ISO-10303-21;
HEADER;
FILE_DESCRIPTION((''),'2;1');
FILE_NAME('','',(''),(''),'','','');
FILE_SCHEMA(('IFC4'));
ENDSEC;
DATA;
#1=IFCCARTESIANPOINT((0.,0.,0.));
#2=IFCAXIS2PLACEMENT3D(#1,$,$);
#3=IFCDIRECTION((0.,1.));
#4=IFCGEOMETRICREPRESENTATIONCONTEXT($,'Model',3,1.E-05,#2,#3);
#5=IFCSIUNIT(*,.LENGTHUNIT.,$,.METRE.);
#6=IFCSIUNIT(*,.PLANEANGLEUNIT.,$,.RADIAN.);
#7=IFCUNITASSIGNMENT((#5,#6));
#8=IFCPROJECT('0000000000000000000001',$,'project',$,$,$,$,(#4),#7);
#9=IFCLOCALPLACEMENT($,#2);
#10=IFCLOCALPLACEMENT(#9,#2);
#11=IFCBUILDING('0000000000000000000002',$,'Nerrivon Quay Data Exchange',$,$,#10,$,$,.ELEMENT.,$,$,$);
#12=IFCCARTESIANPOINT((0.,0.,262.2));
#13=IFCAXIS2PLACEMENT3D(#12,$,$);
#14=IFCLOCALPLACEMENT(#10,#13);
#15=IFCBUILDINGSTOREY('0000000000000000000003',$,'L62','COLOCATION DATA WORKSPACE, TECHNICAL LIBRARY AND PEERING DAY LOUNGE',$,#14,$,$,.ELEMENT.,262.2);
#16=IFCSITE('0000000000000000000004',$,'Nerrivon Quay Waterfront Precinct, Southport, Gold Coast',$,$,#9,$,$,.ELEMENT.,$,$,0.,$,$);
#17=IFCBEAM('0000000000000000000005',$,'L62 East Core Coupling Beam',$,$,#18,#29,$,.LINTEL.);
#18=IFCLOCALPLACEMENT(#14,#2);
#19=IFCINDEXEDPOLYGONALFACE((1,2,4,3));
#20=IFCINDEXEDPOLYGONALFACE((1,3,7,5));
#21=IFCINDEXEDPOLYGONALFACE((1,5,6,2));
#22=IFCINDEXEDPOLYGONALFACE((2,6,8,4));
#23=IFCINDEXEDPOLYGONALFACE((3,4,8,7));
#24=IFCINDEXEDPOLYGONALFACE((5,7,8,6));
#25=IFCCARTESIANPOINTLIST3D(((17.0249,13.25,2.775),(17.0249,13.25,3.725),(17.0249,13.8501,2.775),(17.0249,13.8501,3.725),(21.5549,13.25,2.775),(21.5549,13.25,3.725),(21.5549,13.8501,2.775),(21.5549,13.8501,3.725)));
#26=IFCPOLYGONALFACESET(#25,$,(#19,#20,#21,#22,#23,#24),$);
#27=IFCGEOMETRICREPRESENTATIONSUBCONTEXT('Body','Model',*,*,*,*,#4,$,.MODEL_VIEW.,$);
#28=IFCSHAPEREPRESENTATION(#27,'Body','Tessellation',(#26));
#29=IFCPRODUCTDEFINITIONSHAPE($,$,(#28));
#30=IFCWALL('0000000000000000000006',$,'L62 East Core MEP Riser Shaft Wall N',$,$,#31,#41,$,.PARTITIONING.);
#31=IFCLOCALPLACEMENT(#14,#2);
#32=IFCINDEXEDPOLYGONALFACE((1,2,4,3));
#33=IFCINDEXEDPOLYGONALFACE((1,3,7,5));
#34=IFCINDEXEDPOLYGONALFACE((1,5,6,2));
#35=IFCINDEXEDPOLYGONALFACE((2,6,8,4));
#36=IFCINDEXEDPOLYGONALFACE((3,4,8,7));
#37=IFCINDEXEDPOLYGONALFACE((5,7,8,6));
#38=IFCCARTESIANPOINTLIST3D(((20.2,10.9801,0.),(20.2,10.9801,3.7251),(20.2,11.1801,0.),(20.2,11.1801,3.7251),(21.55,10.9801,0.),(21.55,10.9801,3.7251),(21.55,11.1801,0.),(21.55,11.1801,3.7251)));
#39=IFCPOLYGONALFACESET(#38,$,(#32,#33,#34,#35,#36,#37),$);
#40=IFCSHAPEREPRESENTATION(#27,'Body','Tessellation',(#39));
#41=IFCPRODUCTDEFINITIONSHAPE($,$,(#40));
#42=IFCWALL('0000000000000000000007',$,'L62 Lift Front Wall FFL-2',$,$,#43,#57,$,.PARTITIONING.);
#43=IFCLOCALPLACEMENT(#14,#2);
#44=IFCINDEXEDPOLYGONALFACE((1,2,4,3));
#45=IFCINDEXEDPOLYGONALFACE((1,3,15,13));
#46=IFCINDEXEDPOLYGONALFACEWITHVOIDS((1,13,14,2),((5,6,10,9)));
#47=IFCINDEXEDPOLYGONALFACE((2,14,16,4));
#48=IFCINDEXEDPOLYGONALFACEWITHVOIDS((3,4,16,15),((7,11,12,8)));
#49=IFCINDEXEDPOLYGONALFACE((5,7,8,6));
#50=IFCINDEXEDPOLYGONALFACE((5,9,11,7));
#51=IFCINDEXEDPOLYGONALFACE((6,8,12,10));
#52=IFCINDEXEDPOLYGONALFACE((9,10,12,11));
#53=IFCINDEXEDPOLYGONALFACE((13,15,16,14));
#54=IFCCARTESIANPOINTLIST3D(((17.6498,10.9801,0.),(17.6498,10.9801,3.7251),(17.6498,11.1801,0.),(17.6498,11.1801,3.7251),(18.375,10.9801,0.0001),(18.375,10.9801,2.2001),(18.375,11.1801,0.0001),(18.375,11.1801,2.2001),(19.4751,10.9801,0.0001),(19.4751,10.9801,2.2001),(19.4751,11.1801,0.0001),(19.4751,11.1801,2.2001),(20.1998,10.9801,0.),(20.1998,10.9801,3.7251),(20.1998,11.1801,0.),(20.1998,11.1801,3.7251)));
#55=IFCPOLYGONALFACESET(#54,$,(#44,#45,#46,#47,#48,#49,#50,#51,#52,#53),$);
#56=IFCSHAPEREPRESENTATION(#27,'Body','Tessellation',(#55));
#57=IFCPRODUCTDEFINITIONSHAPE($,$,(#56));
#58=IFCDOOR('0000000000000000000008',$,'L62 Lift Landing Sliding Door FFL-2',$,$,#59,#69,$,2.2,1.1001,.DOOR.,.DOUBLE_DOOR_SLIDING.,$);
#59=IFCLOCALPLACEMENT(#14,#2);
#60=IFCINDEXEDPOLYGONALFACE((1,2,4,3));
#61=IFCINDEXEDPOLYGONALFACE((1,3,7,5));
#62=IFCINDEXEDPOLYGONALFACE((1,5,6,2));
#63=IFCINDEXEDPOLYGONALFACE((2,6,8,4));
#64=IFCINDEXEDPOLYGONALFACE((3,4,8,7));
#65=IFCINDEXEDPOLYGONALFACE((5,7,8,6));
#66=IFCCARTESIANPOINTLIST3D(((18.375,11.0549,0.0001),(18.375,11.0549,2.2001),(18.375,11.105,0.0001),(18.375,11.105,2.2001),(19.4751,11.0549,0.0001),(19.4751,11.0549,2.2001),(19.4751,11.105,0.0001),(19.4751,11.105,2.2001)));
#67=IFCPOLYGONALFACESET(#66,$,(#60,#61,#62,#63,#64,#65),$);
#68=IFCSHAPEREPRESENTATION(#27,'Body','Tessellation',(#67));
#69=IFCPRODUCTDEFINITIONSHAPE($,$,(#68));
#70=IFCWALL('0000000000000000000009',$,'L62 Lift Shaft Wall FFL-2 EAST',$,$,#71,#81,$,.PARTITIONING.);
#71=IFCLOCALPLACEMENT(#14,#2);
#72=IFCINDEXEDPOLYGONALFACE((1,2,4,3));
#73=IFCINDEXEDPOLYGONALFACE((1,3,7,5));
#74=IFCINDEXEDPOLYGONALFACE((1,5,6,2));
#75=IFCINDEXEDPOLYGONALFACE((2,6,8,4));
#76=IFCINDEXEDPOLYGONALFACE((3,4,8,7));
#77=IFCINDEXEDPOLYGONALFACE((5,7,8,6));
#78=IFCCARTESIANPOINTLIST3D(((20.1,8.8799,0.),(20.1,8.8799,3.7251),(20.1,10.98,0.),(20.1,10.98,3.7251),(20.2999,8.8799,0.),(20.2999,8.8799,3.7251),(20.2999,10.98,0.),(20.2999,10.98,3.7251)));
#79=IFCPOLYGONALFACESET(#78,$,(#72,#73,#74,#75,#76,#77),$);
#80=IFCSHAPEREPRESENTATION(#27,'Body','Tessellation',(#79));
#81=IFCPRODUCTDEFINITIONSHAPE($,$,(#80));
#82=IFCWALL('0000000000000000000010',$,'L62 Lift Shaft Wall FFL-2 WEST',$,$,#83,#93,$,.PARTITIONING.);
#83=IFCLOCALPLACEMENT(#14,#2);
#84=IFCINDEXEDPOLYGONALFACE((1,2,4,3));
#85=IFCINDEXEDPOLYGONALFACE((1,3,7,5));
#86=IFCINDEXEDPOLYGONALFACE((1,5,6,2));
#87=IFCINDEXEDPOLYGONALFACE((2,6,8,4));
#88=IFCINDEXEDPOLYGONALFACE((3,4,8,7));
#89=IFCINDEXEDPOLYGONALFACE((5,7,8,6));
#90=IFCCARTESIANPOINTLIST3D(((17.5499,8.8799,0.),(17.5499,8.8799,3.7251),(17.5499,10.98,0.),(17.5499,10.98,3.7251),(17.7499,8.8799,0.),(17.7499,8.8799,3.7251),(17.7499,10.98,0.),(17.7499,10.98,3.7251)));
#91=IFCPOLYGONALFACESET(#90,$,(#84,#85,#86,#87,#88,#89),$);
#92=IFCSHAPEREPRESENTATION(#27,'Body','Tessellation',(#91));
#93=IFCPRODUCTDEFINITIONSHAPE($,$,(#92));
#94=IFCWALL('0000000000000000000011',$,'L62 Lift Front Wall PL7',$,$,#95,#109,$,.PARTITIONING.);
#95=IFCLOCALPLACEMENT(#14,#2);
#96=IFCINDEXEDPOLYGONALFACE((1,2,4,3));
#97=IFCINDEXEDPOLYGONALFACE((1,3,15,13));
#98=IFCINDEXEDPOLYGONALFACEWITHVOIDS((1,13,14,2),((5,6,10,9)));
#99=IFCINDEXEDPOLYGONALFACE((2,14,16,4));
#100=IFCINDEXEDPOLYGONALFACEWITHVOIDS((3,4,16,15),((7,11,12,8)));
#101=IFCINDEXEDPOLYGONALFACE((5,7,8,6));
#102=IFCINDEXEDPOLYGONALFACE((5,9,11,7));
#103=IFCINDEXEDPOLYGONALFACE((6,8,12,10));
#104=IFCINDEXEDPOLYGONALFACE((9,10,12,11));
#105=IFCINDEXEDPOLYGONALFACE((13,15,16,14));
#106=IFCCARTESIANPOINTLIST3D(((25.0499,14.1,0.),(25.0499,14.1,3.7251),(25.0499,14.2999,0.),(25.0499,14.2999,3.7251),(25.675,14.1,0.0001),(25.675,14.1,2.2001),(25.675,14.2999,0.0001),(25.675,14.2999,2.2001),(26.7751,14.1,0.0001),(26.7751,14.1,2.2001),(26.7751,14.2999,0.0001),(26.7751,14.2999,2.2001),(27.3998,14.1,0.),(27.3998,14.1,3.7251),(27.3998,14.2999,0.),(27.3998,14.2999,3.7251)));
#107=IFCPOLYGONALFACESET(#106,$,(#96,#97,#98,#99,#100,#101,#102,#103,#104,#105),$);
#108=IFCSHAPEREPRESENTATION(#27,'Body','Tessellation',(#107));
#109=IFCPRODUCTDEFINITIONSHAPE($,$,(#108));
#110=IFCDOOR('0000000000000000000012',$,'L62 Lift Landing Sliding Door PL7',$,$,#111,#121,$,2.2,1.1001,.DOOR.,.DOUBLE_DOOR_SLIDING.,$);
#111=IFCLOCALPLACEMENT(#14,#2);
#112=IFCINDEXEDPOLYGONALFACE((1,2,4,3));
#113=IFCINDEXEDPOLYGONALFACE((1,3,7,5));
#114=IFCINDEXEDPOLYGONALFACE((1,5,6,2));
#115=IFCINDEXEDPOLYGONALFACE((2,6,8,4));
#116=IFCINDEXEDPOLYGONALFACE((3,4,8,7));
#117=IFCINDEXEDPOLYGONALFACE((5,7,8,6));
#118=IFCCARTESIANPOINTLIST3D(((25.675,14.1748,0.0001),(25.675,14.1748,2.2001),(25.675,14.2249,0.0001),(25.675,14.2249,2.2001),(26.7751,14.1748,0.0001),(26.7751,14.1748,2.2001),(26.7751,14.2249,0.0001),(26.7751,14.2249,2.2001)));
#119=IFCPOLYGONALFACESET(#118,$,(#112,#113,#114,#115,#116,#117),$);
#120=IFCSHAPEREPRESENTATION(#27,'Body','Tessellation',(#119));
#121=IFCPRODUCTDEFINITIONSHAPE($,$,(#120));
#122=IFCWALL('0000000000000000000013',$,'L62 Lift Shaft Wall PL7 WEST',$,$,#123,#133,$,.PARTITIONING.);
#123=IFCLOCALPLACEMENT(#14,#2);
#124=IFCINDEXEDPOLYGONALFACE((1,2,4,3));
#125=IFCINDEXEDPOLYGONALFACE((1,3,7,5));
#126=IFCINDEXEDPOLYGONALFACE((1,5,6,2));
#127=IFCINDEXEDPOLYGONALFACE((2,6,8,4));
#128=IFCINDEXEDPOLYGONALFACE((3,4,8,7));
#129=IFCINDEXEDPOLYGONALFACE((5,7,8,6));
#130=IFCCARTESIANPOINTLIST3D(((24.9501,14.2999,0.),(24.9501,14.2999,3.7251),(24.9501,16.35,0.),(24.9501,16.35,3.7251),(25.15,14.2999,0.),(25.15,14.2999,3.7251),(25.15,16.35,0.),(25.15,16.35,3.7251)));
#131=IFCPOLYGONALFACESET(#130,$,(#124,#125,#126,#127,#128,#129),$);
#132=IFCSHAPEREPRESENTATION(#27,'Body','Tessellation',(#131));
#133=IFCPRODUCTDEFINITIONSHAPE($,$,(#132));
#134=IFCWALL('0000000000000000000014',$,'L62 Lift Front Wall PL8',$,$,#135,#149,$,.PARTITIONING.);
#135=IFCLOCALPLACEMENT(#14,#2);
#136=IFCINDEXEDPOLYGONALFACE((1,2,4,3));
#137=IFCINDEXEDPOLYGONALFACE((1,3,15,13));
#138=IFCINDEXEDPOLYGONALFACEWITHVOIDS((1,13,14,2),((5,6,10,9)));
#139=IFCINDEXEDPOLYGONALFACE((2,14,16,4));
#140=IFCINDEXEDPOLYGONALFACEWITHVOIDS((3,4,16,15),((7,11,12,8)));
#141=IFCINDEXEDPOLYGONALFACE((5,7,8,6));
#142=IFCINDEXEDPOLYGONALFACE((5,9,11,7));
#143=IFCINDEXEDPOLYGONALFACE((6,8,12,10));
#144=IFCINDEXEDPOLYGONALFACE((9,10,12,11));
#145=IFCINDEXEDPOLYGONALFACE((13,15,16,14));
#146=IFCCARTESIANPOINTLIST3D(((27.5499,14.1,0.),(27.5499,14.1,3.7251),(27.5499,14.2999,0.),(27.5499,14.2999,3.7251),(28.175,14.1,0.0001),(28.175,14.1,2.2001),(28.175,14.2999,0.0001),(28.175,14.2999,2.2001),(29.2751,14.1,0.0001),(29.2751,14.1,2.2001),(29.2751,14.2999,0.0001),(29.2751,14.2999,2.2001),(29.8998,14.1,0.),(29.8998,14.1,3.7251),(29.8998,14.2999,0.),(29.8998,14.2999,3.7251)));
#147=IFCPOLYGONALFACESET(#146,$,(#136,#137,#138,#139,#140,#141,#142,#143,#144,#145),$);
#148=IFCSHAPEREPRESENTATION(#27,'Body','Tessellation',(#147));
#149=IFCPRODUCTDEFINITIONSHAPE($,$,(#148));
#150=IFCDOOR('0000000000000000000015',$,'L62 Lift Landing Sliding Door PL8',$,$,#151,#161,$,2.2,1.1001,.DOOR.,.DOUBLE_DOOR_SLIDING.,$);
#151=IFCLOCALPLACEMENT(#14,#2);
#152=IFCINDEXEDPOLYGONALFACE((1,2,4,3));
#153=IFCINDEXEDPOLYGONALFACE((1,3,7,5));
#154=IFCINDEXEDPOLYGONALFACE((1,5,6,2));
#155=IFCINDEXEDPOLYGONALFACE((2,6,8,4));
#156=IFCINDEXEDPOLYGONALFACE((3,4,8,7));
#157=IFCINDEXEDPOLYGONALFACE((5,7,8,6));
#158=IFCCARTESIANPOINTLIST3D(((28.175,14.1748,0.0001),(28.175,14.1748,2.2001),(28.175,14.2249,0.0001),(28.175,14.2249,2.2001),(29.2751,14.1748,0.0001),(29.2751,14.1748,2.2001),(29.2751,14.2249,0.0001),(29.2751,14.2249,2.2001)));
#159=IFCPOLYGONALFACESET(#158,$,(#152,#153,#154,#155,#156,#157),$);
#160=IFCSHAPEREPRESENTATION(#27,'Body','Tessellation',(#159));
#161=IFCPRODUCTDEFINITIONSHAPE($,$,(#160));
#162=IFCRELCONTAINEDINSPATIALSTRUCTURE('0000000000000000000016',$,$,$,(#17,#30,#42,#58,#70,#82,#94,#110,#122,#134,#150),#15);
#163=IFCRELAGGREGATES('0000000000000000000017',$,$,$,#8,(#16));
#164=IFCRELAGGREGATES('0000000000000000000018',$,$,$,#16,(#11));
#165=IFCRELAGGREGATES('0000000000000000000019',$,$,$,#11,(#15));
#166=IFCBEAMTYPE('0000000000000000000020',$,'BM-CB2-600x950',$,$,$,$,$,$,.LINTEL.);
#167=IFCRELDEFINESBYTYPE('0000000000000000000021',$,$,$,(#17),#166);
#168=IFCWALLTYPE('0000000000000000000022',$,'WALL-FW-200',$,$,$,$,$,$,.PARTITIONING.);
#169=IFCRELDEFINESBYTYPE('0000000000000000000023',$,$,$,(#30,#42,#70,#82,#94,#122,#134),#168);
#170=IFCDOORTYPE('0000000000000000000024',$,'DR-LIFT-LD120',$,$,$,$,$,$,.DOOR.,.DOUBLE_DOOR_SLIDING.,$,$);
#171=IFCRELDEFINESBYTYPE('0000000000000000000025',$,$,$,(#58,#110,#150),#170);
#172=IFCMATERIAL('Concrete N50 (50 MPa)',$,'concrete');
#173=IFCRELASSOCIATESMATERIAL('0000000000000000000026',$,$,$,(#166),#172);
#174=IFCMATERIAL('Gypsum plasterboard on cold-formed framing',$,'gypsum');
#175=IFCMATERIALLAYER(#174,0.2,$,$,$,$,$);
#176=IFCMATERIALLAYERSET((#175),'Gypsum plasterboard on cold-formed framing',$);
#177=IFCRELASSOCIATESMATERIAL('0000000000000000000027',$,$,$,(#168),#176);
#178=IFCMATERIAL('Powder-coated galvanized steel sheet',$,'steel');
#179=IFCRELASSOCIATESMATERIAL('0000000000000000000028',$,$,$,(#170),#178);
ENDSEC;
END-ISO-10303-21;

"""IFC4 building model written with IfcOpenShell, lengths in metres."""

from ifc_helpers import new_model, si_unit, direction, frame, frame_2d, origin, origin_2d, place, context, subcontext, project, spatial, rectangle, extrude, material, layer, layer_set, material_profile, profile_set, type_object, element, fill, save


model = new_model("IFC4")

# Units and contexts
model_context = context("Model", 3, precision=1e-05, world=origin(), true_north=direction((0.0, 1.0)))
body_context = subcontext(model_context, "Body", "Model", "MODEL_VIEW")
ifc_project = project(units=[si_unit("LENGTHUNIT", "METRE"), si_unit("PLANEANGLEUNIT", "RADIAN")], contexts=[model_context])

# Site, building, storey
site_placement = place(None, origin())
site = spatial("IfcSite", under=ifc_project, at=site_placement, Name="Nerrivon Quay Waterfront Precinct, Southport, Gold Coast", CompositionType="ELEMENT", RefElevation=0.0)
building_placement = place(site_placement, origin())
building = spatial("IfcBuilding", under=site, at=building_placement, Name="Nerrivon Quay Data Exchange", CompositionType="ELEMENT")
storey_placement = place(building_placement, frame((0.0, 0.0, 262.2)))
storey = spatial("IfcBuildingStorey", under=building, at=storey_placement, Name="L62", Description="COLOCATION DATA WORKSPACE, TECHNICAL LIBRARY AND PEERING DAY LOUNGE", CompositionType="ELEMENT", Elevation=262.2)

# Beam
ifc_material_1 = material(Name="Concrete N50 (50 MPa)", Category="concrete")
ifc_material_profile = material_profile(ifc_material_1, rectangle(XDim=0.6001, YDim=0.95, at=origin_2d()), Name="RC-CB-600x950")
ifc_profile_set = profile_set([ifc_material_profile], Name="Concrete N50 (50 MPa)")
beam_type = type_object("IfcBeamType", Name="BM-CB2-600x950", PredefinedType="LINTEL", material=ifc_profile_set)
beam_placement = place(storey_placement, frame((17.0249, 13.55, 3.25), z_axis=(1.0, 0.0, 0.0), x_axis=(0.0, 1.0, 0.0)))
element("IfcBeam", 1, at=beam_placement, inside=storey, type_object=beam_type, Name="L62 East Core Coupling Beam", PredefinedType="LINTEL", context=body_context, shape_type="SweptSolid", body=[
    extrude(rectangle(XDim=0.6001, YDim=0.95, at=origin_2d()), origin(), (0.0, 0.0, 1.0), 4.53),
])

# Shared definitions
ifc_material_2 = material(Name="Powder-coated galvanized steel sheet", Category="steel")

# Wall
ifc_material_3 = material(Name="Gypsum plasterboard on cold-formed framing", Category="gypsum")
ifc_layer_1 = layer(ifc_material_3, 0.2)
ifc_layer_set_1 = layer_set([ifc_layer_1], Name="Gypsum plasterboard on cold-formed framing")
wall_type_1 = type_object("IfcWallType", Name="WALL-FW-200", PredefinedType="PARTITIONING", material=ifc_layer_set_1)
wall_1_placement = place(storey_placement, frame((20.2, 11.0801, 0.0), z_axis=(0.0, 0.0, 1.0), x_axis=(1.0, 0.0, 0.0)))
element("IfcWall", 2, at=wall_1_placement, inside=storey, type_object=wall_type_1, Name="L62 East Core MEP Riser Shaft Wall N", PredefinedType="PARTITIONING", context=body_context, shape_type="SweptSolid", body=[
    extrude(rectangle(XDim=1.3501, YDim=0.2, at=frame_2d((0.675, 0.0))), origin(), (0.0, 0.0, 1.0), 3.7251),
])

# Wall, opening, door
wall_2_placement = place(storey_placement, frame((17.6499, 11.0801, 0.0), z_axis=(0.0, 0.0, 1.0), x_axis=(1.0, 0.0, 0.0)))
wall_2 = element("IfcWall", 3, at=wall_2_placement, inside=storey, type_object=wall_type_1, Name="L62 Lift Front Wall FFL-2", PredefinedType="PARTITIONING", context=body_context, shape_type="SweptSolid", body=[
    extrude(rectangle(XDim=2.55, YDim=0.2, at=frame_2d((1.2749, 0.0))), origin(), (0.0, 0.0, 1.0), 3.7251),
])
opening_1_placement = place(wall_2_placement, frame((0.7251, 0.0, 0.0)))
opening_1 = element("IfcOpeningElement", 4, at=opening_1_placement, cuts=wall_2, PredefinedType="OPENING", context=body_context, shape_type="SweptSolid", body=[
    extrude(rectangle(XDim=1.1001, YDim=2.2, at=frame_2d((0.55, 1.1001))), frame((0.0, 0.1099, 0.0), z_axis=(0.0, -1.0, 0.0), x_axis=(1.0, 0.0, 0.0)), (0.0, 0.0, 1.0), 0.22),
])
door_type_1 = type_object("IfcDoorType", Name="DR-LIFT-LD120", OperationType="DOUBLE_DOOR_SLIDING", PredefinedType="DOOR", material=ifc_material_2)
door_1_placement = place(opening_1_placement, origin())
door_1 = element("IfcDoor", 5, at=door_1_placement, inside=storey, type_object=door_type_1, Name="L62 Lift Landing Sliding Door FFL-2", OperationType="DOUBLE_DOOR_SLIDING", OverallHeight=2.2, OverallWidth=1.1001, PredefinedType="DOOR", context=body_context, shape_type="SweptSolid", body=[
    extrude(rectangle(XDim=1.1001, YDim=2.2, at=frame_2d((0.55, 1.1001))), frame((0.0, 0.0249, 0.0), z_axis=(0.0, -1.0, 0.0), x_axis=(1.0, 0.0, 0.0)), (0.0, 0.0, 1.0), 0.05),
])
fill(opening_1, door_1)

# Walls
for number, where, z_axis, x_axis, name in (
    (6, (20.2, 8.8799, 0.0), (0.0, 0.0, 1.0), (0.0, 1.0, 0.0), "L62 Lift Shaft Wall FFL-2 EAST"),
    (7, (17.6499, 8.8799, 0.0), (0.0, 0.0, 1.0), (0.0, 1.0, 0.0), "L62 Lift Shaft Wall FFL-2 WEST"),
):
    element("IfcWall", number, at=place(storey_placement, frame(where, z_axis=z_axis, x_axis=x_axis)), inside=storey, type_object=wall_type_1, Name=name, PredefinedType="PARTITIONING", context=body_context, shape_type="SweptSolid", body=[
        extrude(rectangle(XDim=2.1001, YDim=0.2, at=frame_2d((1.05, 0.0))), origin(), (0.0, 0.0, 1.0), 3.7251),
    ])

# Wall, opening, door
wall_3_placement = place(storey_placement, frame((25.05, 14.2, 0.0), z_axis=(0.0, 0.0, 1.0), x_axis=(1.0, 0.0, 0.0)))
wall_3 = element("IfcWall", 8, at=wall_3_placement, inside=storey, type_object=wall_type_1, Name="L62 Lift Front Wall PL7", PredefinedType="PARTITIONING", context=body_context, shape_type="SweptSolid", body=[
    extrude(rectangle(XDim=2.3499, YDim=0.2, at=frame_2d((1.1748, 0.0))), origin(), (0.0, 0.0, 1.0), 3.7251),
])
opening_2_placement = place(wall_3_placement, frame((0.625, 0.0, 0.0)))
opening_2 = element("IfcOpeningElement", 9, at=opening_2_placement, cuts=wall_3, PredefinedType="OPENING", context=body_context, shape_type="SweptSolid", body=[
    extrude(rectangle(XDim=1.1001, YDim=2.2, at=frame_2d((0.55, 1.1001))), frame((0.0, 0.1099, 0.0), z_axis=(0.0, -1.0, 0.0), x_axis=(1.0, 0.0, 0.0)), (0.0, 0.0, 1.0), 0.22),
])
door_2_placement = place(opening_2_placement, origin())
door_2 = element("IfcDoor", 10, at=door_2_placement, inside=storey, type_object=door_type_1, Name="L62 Lift Landing Sliding Door PL7", OperationType="DOUBLE_DOOR_SLIDING", OverallHeight=2.2, OverallWidth=1.1001, PredefinedType="DOOR", context=body_context, shape_type="SweptSolid", body=[
    extrude(rectangle(XDim=1.1001, YDim=2.2, at=frame_2d((0.55, 1.1001))), frame((0.0, 0.0249, 0.0), z_axis=(0.0, -1.0, 0.0), x_axis=(1.0, 0.0, 0.0)), (0.0, 0.0, 1.0), 0.05),
])
fill(opening_2, door_2)

# Wall
wall_4_placement = place(storey_placement, frame((25.05, 14.3, 0.0), z_axis=(0.0, 0.0, 1.0), x_axis=(0.0, 1.0, 0.0)))
element("IfcWall", 11, at=wall_4_placement, inside=storey, type_object=wall_type_1, Name="L62 Lift Shaft Wall PL7 WEST", PredefinedType="PARTITIONING", context=body_context, shape_type="SweptSolid", body=[
    extrude(rectangle(XDim=2.05, YDim=0.2, at=frame_2d((1.0249, 0.0))), origin(), (0.0, 0.0, 1.0), 3.7251),
])

# Wall, opening, door
wall_5_placement = place(storey_placement, frame((27.55, 14.2, 0.0), z_axis=(0.0, 0.0, 1.0), x_axis=(1.0, 0.0, 0.0)))
wall_5 = element("IfcWall", 12, at=wall_5_placement, inside=storey, type_object=wall_type_1, Name="L62 Lift Front Wall PL8", PredefinedType="PARTITIONING", context=body_context, shape_type="SweptSolid", body=[
    extrude(rectangle(XDim=2.3499, YDim=0.2, at=frame_2d((1.1748, 0.0))), origin(), (0.0, 0.0, 1.0), 3.7251),
])
opening_3_placement = place(wall_5_placement, frame((0.625, 0.0, 0.0)))
opening_3 = element("IfcOpeningElement", 13, at=opening_3_placement, cuts=wall_5, PredefinedType="OPENING", context=body_context, shape_type="SweptSolid", body=[
    extrude(rectangle(XDim=1.1001, YDim=2.2, at=frame_2d((0.55, 1.1001))), frame((0.0, 0.1099, 0.0), z_axis=(0.0, -1.0, 0.0), x_axis=(1.0, 0.0, 0.0)), (0.0, 0.0, 1.0), 0.22),
])
door_3_placement = place(opening_3_placement, origin())
door_3 = element("IfcDoor", 14, at=door_3_placement, inside=storey, type_object=door_type_1, Name="L62 Lift Landing Sliding Door PL8", OperationType="DOUBLE_DOOR_SLIDING", OverallHeight=2.2, OverallWidth=1.1001, PredefinedType="DOOR", context=body_context, shape_type="SweptSolid", body=[
    extrude(rectangle(XDim=1.1001, YDim=2.2, at=frame_2d((0.55, 1.1001))), frame((0.0, 0.0249, 0.0), z_axis=(0.0, -1.0, 0.0), x_axis=(1.0, 0.0, 0.0)), (0.0, 0.0, 1.0), 0.05),
])
fill(opening_3, door_3)

save(model, "model.ifc")
